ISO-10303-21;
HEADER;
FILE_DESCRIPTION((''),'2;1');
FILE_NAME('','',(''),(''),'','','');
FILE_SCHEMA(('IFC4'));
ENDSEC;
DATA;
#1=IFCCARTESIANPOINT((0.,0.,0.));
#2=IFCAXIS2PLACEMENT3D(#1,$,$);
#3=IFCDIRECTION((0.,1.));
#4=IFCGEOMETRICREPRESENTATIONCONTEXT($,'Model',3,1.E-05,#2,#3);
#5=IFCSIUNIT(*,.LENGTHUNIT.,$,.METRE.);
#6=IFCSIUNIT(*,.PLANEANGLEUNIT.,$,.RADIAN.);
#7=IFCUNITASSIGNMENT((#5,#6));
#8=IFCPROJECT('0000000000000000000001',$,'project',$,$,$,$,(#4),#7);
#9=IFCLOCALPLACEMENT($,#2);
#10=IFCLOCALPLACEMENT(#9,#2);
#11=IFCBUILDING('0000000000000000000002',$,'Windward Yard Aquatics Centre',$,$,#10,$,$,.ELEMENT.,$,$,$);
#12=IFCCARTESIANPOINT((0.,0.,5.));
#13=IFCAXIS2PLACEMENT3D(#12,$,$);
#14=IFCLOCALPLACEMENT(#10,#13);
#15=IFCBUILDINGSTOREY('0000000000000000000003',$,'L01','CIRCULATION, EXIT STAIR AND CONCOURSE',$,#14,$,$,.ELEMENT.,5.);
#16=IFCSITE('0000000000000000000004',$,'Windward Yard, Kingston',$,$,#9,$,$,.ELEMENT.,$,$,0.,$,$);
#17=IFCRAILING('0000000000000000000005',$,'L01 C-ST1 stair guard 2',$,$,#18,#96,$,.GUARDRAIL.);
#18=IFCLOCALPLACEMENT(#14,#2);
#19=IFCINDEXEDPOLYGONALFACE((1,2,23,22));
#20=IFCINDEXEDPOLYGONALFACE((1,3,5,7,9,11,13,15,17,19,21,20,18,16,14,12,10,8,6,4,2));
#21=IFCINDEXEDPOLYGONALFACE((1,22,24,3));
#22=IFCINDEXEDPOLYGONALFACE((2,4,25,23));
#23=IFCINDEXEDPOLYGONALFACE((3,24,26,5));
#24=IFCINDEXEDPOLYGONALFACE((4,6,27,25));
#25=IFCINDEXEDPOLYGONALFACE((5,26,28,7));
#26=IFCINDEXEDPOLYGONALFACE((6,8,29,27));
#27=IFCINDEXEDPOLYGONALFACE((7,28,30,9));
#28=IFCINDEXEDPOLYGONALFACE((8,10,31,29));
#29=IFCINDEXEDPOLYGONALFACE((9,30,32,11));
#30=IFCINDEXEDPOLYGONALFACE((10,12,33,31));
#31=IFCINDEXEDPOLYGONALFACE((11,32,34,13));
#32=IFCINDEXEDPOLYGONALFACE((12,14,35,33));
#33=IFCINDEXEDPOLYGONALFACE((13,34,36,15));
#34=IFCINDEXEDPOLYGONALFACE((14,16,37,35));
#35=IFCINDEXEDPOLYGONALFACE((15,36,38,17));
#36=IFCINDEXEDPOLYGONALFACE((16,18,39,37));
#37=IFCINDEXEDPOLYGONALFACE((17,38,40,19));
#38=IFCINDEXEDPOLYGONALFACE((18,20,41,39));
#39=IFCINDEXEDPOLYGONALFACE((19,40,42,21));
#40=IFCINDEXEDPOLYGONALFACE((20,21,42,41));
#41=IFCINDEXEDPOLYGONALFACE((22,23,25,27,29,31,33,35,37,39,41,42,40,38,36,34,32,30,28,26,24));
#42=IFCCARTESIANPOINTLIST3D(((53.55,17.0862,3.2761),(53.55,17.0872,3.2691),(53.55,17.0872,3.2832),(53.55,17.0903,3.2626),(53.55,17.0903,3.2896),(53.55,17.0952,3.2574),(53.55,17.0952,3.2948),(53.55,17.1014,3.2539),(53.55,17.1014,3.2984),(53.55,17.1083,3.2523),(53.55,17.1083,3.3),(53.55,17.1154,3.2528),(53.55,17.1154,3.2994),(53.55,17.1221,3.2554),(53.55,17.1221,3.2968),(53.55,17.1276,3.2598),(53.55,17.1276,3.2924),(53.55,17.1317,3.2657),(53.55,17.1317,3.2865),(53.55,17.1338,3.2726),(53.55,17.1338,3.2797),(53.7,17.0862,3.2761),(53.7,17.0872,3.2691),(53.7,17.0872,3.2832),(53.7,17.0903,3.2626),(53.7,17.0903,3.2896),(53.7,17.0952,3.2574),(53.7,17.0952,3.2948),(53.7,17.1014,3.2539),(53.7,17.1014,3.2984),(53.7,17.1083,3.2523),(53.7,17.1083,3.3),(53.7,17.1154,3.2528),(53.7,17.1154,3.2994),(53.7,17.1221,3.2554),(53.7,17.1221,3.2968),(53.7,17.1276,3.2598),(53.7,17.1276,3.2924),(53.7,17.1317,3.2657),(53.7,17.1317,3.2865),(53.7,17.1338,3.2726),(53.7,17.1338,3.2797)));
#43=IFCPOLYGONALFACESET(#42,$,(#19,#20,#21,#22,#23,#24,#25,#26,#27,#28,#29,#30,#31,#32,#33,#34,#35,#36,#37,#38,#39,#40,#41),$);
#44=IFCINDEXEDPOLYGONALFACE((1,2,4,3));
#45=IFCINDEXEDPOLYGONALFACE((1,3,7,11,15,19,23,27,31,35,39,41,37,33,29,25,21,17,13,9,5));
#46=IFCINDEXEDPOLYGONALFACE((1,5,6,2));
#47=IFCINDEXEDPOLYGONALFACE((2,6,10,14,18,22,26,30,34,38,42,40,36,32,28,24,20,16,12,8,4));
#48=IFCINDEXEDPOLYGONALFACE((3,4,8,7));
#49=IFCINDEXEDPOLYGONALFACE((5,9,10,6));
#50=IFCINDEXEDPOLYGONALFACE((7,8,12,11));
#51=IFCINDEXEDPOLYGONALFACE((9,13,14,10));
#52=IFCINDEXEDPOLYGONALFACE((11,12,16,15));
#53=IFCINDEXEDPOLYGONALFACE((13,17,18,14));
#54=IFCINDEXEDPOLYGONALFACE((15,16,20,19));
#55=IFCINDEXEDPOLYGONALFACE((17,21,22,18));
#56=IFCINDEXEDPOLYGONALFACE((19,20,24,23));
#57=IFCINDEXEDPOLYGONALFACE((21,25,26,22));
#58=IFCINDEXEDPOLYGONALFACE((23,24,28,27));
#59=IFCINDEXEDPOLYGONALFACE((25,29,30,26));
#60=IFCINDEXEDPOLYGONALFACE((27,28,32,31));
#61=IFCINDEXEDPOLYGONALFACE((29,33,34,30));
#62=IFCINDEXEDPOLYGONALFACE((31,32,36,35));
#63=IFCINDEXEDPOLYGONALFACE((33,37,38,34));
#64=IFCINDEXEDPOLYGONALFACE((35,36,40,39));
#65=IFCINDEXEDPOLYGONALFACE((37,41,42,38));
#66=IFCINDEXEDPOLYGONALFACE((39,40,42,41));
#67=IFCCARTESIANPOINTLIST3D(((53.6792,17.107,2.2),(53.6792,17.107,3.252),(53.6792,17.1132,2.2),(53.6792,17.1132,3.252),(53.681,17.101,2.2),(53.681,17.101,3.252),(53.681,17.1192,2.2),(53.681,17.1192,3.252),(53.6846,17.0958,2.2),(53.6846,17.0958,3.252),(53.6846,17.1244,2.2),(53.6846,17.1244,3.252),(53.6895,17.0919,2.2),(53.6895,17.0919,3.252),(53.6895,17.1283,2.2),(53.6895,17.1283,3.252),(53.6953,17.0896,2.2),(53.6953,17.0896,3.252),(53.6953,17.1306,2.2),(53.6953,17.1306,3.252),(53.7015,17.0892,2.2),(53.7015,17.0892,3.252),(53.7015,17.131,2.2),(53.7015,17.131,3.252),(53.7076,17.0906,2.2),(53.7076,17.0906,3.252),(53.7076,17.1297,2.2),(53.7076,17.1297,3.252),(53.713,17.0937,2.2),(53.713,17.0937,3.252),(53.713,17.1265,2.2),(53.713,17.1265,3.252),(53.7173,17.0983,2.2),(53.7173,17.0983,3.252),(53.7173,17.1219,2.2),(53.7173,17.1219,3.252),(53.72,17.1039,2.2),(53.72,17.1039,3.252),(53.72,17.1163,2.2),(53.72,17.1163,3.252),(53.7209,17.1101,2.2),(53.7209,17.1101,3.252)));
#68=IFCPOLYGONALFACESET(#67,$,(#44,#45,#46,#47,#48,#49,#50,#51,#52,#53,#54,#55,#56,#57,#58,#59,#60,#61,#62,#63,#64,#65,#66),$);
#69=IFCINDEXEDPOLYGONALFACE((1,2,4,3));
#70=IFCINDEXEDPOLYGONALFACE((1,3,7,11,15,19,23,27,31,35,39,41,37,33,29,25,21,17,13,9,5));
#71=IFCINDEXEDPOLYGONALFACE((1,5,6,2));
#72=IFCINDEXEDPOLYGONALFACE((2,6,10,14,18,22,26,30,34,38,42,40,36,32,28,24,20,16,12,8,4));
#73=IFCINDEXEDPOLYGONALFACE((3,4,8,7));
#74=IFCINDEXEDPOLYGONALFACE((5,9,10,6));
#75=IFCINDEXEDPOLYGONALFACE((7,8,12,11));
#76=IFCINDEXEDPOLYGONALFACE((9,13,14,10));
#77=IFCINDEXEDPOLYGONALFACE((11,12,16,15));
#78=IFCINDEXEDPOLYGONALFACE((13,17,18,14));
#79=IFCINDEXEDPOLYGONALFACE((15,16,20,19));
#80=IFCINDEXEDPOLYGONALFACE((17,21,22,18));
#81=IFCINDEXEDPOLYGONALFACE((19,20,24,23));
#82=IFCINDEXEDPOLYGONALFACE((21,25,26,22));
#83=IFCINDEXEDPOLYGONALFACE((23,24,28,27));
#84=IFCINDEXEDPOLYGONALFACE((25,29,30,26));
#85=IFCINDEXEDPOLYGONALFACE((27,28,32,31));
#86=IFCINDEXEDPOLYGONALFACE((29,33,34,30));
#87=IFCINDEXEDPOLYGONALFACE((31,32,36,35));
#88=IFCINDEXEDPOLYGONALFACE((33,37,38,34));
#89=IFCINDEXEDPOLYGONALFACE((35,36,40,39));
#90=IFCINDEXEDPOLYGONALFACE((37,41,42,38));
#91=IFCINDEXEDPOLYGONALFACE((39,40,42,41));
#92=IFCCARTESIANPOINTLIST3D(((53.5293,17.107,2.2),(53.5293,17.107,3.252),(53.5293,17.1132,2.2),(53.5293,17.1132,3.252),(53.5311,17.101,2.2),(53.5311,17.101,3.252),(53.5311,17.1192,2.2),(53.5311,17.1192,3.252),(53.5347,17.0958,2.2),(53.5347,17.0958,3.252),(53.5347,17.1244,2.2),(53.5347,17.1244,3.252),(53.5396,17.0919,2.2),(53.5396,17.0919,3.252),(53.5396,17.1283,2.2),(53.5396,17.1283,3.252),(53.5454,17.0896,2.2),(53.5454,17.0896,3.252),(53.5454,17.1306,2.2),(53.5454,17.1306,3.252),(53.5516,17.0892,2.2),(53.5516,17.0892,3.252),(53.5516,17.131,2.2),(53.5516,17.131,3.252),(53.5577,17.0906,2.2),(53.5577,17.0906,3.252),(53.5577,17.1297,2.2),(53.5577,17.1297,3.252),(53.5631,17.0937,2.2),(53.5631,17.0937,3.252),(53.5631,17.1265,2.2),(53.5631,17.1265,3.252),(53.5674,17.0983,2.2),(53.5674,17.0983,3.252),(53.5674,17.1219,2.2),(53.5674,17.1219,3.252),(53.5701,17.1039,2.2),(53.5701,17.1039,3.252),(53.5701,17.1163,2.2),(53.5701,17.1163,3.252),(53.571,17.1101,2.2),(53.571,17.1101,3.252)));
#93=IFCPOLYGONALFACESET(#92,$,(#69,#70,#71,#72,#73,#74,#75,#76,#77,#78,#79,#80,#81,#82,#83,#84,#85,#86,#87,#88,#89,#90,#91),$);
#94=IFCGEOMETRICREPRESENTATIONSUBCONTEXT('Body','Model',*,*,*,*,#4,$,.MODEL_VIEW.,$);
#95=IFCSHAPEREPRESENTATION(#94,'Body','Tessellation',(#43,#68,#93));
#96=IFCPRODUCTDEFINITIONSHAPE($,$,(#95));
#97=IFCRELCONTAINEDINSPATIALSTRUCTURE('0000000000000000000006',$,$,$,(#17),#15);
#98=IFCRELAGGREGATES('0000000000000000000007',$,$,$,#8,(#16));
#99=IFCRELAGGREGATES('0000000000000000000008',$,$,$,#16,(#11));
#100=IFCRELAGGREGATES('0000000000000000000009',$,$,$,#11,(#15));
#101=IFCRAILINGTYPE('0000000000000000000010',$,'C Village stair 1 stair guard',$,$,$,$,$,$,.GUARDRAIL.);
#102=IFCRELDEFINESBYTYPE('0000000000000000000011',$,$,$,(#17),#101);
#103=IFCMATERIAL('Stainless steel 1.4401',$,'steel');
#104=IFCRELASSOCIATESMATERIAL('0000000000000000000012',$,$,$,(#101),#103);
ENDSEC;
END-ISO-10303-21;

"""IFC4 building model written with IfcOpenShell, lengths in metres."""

from ifc_helpers import new_model, si_unit, direction, frame, origin, origin_2d, place, context, subcontext, project, spatial, circle, extrude, material, type_object, element, save


model = new_model("IFC4")

# Units and contexts
model_context = context("Model", 3, precision=1e-05, world=origin(), true_north=direction((0.0, 1.0)))
body_context = subcontext(model_context, "Body", "Model", "MODEL_VIEW")
ifc_project = project(units=[si_unit("LENGTHUNIT", "METRE"), si_unit("PLANEANGLEUNIT", "RADIAN")], contexts=[model_context])

# Site, building, storey
site_placement = place(None, origin())
site = spatial("IfcSite", under=ifc_project, at=site_placement, Name="Windward Yard, Kingston", CompositionType="ELEMENT", RefElevation=0.0)
building_placement = place(site_placement, origin())
building = spatial("IfcBuilding", under=site, at=building_placement, Name="Windward Yard Aquatics Centre", CompositionType="ELEMENT")
storey_placement = place(building_placement, frame((0.0, 0.0, 5.0)))
storey = spatial("IfcBuildingStorey", under=building, at=storey_placement, Name="L01", Description="CIRCULATION, EXIT STAIR AND CONCOURSE", CompositionType="ELEMENT", Elevation=5.0)

# Railing
ifc_material_1 = material(Name="Stainless steel 1.4401", Category="steel")
railing_type_1 = type_object("IfcRailingType", Name="C Village stair 1 stair guard", PredefinedType="GUARDRAIL", material=ifc_material_1)
railing_1_placement = place(storey_placement, frame((53.7, 17.1101, 2.2)))
element("IfcRailing", 1, at=railing_1_placement, inside=storey, type_object=railing_type_1, Name="L01 C-ST1 stair guard 2", PredefinedType="GUARDRAIL", context=body_context, shape_type="SweptSolid", body=[
    extrude(circle(Radius=0.0239, at=origin_2d()), frame((0.0, 0.0, 1.0762), z_axis=(-1.0, 0.0, 0.0), x_axis=(0.0, -1.0, 0.0)), (0.0, 0.0, 1.0), 0.1499),
    extrude(circle(Radius=0.021, at=origin_2d()), origin(), (0.0, 0.0, 1.0), 1.052),
    extrude(circle(Radius=0.021, at=origin_2d()), frame((-0.1499, 0.0, 0.0)), (0.0, 0.0, 1.0), 1.052),
])

save(model, "model.ifc")
